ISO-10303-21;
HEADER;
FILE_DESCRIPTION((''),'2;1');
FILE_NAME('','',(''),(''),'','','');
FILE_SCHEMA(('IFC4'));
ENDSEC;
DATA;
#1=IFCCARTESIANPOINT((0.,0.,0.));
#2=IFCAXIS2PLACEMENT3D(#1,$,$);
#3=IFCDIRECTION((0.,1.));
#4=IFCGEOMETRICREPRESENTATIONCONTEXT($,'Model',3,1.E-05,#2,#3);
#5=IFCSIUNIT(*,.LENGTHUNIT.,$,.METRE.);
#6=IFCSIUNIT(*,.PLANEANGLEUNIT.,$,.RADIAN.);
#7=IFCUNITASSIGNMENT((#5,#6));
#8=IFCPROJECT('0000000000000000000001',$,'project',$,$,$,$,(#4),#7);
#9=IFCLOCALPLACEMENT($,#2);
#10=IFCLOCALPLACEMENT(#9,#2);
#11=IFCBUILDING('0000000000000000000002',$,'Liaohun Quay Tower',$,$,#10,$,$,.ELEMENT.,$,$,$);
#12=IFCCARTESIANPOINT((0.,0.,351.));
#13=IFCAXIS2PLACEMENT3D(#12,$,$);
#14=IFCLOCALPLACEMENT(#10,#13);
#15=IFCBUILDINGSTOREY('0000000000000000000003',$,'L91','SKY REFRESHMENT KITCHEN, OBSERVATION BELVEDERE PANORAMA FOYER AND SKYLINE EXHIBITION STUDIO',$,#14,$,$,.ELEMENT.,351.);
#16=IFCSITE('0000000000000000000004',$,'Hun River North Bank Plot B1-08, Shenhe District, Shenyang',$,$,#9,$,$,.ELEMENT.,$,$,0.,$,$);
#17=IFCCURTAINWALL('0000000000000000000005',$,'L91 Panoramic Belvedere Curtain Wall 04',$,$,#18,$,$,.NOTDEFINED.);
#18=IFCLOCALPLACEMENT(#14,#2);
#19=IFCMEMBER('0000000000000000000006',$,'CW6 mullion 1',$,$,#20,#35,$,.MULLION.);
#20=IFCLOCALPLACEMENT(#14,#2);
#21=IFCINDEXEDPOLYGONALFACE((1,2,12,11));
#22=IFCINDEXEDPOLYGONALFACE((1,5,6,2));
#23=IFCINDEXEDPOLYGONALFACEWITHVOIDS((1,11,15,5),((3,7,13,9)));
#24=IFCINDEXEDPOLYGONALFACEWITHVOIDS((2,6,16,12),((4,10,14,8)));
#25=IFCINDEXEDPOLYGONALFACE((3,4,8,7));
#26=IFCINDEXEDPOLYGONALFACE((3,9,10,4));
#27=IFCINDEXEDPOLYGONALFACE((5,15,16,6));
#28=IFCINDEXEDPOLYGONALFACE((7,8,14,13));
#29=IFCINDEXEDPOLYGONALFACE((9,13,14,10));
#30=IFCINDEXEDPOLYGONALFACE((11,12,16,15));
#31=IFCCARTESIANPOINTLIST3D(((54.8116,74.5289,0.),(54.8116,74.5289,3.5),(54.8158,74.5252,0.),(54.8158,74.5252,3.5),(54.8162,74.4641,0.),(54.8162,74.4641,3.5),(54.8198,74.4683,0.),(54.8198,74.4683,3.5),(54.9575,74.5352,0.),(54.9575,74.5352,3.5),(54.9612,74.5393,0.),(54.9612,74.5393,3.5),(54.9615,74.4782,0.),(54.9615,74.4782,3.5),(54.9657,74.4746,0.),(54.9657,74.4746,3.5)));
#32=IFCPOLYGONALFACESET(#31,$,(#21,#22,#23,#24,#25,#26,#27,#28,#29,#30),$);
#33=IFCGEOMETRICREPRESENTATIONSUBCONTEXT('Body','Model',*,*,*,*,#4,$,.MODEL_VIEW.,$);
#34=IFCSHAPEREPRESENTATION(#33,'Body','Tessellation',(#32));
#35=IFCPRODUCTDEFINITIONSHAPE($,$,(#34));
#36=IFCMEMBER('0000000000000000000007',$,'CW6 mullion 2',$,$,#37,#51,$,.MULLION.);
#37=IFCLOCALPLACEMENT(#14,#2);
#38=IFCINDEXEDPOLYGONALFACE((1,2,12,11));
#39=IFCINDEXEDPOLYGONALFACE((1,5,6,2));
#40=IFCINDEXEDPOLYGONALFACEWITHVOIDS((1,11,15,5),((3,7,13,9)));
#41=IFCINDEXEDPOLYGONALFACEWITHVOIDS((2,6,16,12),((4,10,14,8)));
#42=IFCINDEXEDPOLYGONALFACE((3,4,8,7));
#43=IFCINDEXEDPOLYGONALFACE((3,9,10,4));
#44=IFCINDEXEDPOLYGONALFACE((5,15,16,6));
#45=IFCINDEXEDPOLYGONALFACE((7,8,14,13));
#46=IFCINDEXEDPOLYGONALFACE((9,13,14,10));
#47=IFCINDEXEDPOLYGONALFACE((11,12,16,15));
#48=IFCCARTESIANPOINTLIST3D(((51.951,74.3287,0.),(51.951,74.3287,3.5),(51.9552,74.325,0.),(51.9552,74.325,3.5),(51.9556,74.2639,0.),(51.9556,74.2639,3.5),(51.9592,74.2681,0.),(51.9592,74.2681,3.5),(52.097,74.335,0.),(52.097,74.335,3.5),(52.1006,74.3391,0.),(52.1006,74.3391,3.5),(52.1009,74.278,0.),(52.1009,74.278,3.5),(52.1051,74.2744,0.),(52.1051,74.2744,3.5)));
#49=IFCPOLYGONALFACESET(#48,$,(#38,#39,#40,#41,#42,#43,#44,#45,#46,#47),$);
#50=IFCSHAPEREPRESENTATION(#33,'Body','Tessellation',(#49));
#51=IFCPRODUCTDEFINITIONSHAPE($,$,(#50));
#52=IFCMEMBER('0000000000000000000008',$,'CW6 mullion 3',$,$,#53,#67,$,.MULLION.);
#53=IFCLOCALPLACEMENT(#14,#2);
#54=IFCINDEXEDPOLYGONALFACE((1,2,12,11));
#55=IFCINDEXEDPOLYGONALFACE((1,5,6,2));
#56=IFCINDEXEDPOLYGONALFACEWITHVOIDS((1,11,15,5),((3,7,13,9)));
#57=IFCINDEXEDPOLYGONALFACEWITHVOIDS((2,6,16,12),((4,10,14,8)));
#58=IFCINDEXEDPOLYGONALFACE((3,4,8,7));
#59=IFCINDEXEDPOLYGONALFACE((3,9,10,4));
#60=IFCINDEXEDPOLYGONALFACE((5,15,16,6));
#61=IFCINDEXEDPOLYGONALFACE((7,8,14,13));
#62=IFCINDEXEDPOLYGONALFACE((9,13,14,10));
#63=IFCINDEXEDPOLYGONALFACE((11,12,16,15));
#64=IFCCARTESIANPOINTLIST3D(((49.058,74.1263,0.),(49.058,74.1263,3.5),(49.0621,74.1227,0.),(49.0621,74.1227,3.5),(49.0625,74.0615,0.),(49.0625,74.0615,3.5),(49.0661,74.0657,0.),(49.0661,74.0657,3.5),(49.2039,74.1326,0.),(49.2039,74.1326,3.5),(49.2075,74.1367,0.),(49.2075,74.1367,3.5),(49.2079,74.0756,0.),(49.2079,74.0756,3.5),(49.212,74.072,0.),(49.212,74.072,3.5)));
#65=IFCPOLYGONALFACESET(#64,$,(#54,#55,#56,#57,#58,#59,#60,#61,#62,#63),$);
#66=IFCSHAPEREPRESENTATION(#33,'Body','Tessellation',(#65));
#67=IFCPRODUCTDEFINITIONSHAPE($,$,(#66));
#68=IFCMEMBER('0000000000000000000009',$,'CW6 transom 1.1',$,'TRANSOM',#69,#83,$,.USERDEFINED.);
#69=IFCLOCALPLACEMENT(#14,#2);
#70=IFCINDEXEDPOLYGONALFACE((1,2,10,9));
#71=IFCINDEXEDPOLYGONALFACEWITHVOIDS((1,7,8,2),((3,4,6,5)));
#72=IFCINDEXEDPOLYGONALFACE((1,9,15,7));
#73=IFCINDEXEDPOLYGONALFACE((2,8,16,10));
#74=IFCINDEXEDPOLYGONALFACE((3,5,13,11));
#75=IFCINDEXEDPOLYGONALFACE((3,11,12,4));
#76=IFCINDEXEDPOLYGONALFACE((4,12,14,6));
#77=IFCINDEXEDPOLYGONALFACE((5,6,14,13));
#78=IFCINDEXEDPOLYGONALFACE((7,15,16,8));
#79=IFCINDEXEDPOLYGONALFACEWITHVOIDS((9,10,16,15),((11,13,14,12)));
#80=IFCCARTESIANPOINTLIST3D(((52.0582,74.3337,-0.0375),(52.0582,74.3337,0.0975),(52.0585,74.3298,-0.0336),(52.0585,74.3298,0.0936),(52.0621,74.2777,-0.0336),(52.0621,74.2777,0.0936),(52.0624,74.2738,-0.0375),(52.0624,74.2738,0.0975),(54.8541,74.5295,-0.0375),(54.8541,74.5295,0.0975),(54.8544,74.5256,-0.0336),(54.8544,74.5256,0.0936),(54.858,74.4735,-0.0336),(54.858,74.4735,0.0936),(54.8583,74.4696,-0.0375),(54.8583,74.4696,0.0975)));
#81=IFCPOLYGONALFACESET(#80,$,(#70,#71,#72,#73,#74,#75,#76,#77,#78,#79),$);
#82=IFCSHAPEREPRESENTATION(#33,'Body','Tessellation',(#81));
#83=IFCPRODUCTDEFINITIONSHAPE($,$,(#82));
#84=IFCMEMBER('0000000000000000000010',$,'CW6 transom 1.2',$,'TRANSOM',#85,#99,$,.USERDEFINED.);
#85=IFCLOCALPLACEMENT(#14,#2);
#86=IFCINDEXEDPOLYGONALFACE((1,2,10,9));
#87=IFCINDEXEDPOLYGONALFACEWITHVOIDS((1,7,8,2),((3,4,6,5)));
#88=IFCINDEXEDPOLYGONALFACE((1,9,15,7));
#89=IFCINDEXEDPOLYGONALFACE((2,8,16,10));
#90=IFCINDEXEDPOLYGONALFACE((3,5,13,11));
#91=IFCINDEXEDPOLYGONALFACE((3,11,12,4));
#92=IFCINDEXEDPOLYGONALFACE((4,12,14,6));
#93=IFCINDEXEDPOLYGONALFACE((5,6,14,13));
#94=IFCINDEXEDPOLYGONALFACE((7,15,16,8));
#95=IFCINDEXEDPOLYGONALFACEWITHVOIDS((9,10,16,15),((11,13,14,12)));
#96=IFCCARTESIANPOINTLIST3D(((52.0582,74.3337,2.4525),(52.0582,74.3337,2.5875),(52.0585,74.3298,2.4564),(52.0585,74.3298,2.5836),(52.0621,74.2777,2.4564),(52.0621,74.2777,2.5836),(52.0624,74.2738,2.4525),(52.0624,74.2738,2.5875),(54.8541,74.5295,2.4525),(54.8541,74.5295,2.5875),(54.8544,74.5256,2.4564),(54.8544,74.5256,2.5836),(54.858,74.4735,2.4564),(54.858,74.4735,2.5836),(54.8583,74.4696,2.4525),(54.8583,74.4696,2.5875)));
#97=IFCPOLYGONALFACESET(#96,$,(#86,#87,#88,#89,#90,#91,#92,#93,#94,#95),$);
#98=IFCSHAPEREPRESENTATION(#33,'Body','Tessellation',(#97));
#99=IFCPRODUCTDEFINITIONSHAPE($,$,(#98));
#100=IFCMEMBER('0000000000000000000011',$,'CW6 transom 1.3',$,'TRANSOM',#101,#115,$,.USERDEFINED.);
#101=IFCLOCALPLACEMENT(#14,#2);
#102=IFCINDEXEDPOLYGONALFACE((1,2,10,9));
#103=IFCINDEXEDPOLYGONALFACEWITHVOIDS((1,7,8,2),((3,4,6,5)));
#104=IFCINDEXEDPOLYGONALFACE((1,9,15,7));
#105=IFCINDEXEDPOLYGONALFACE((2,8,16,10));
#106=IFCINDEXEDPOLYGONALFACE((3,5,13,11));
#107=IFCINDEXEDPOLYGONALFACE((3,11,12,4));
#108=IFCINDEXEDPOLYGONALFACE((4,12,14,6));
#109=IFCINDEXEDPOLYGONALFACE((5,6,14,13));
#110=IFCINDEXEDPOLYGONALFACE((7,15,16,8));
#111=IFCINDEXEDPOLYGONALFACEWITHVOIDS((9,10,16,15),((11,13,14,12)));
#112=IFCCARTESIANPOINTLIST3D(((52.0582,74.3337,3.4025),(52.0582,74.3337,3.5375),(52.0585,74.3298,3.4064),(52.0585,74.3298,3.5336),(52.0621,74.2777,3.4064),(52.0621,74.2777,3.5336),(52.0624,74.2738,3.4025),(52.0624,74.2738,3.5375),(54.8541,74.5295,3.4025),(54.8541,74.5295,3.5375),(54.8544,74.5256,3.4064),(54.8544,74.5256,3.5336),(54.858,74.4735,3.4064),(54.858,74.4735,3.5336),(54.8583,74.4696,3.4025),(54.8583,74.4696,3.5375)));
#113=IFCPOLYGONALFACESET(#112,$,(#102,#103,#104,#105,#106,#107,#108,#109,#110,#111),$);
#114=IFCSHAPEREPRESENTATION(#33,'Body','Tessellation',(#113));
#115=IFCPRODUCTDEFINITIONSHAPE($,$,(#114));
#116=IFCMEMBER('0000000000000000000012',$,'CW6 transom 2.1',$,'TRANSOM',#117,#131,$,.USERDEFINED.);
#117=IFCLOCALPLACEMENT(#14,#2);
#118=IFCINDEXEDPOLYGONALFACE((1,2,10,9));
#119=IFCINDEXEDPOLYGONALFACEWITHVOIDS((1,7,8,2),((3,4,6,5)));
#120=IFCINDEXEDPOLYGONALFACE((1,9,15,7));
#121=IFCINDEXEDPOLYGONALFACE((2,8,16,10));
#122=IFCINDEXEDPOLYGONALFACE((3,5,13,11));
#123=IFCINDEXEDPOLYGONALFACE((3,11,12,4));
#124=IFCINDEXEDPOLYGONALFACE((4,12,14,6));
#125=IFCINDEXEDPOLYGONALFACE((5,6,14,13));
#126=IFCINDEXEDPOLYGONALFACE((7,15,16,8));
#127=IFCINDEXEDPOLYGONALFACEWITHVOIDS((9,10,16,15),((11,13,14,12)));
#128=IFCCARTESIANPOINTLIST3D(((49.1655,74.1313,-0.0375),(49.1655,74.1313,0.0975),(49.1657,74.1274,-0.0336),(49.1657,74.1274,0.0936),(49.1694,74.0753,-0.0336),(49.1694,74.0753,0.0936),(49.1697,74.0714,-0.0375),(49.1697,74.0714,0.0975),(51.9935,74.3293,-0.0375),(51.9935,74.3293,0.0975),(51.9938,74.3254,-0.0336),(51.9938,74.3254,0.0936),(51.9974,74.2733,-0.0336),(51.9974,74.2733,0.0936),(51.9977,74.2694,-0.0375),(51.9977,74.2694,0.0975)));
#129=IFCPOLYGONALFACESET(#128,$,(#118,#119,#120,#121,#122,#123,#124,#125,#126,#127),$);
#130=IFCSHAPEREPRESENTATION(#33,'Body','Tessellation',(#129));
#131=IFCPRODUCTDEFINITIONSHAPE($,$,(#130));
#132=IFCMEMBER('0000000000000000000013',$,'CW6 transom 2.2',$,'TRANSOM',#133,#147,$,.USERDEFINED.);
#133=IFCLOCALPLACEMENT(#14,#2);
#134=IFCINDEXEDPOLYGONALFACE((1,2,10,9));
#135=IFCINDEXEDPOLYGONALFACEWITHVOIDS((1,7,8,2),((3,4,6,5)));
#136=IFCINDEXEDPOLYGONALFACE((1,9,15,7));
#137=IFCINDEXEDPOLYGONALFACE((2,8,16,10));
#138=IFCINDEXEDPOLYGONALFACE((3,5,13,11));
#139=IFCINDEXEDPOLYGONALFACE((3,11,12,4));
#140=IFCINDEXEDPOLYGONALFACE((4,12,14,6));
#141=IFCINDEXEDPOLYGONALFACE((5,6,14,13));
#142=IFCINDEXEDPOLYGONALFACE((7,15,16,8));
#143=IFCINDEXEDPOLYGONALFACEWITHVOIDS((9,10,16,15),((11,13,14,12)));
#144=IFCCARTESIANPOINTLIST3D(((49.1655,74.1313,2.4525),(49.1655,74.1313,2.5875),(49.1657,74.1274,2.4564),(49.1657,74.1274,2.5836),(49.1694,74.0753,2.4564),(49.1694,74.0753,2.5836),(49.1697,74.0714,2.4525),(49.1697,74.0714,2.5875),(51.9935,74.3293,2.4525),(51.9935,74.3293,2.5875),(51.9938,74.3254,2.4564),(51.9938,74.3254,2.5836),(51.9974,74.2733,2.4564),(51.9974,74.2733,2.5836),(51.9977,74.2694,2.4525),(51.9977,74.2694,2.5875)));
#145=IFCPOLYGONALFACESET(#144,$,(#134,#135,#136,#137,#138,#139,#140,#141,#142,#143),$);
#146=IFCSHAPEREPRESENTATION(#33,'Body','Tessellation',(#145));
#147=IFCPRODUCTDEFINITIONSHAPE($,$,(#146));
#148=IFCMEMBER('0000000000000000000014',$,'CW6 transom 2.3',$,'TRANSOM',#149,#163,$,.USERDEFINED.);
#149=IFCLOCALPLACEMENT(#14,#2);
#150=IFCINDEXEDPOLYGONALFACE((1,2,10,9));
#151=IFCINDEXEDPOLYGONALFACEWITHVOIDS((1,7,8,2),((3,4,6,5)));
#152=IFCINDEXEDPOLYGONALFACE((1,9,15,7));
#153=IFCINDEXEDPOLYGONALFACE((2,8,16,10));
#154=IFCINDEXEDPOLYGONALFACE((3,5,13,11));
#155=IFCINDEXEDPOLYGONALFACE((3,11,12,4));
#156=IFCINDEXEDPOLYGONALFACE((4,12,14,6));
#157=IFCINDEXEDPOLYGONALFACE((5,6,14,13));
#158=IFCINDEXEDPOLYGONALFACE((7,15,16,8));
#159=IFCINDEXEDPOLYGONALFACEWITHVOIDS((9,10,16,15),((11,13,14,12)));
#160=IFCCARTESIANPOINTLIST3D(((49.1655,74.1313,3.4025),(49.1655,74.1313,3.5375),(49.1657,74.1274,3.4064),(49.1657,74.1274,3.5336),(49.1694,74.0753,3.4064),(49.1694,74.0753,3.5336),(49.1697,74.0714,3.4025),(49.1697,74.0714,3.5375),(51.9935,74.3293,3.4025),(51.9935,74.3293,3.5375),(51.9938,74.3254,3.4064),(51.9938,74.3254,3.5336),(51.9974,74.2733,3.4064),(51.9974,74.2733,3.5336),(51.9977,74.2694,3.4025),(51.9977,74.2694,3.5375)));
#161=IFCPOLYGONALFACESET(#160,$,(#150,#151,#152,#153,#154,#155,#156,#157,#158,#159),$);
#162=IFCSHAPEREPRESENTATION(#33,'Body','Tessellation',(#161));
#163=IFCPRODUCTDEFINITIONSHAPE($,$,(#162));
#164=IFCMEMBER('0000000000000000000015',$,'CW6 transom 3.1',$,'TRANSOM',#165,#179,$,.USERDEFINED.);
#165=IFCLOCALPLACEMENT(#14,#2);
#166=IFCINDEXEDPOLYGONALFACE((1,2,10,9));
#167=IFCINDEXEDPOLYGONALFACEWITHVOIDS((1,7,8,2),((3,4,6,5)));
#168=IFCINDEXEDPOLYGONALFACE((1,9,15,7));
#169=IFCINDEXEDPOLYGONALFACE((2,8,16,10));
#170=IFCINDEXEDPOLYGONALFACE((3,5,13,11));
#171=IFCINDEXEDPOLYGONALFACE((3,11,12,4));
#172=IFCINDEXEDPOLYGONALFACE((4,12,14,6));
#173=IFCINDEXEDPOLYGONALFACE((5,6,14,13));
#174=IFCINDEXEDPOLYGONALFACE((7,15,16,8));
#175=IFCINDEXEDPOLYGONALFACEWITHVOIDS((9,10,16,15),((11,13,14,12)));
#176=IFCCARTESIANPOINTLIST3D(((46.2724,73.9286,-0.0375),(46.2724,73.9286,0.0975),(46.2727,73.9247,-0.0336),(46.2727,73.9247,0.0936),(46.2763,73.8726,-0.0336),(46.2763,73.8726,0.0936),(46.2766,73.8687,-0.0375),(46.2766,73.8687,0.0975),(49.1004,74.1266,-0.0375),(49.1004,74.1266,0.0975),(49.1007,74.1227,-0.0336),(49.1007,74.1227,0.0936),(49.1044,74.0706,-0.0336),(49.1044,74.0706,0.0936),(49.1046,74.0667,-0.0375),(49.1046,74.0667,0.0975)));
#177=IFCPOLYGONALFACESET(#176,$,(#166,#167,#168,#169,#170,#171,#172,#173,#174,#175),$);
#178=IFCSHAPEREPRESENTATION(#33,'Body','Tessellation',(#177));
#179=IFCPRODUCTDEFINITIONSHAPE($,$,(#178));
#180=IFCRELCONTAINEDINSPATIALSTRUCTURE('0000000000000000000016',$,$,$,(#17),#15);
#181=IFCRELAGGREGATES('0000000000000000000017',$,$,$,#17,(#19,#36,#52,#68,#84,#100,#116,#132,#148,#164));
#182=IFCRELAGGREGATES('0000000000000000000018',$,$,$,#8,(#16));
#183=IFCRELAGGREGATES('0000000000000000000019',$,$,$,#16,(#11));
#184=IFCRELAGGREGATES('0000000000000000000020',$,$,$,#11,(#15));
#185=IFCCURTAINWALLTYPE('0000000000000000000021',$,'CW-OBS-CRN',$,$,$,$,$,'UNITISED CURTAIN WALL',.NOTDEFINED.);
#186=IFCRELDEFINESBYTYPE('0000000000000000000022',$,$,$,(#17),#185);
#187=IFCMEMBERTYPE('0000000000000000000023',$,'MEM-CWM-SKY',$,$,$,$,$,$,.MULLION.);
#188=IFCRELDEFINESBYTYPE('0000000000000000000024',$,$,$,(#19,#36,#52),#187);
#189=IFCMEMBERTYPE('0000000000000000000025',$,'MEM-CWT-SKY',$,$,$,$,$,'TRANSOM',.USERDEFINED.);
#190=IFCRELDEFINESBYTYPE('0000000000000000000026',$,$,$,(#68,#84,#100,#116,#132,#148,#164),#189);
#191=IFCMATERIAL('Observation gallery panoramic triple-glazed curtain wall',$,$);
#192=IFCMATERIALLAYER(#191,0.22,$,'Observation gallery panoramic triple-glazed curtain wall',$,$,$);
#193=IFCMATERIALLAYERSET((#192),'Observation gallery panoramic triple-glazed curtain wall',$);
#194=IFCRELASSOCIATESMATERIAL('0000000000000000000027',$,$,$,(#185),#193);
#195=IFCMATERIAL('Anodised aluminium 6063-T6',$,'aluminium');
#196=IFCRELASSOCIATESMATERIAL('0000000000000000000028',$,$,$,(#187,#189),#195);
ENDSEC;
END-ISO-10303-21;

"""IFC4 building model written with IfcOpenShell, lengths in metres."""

from ifc_helpers import new_model, si_unit, direction, frame, origin, origin_2d, place, context, subcontext, project, spatial, hollow_rectangle, extrude, source, transform, mapped, material, layer, layer_set, material_profile, profile_set, type_object, element, aggregate, save


model = new_model("IFC4")

# Units and contexts
model_context = context("Model", 3, precision=1e-05, world=origin(), true_north=direction((0.0, 1.0)))
body_context = subcontext(model_context, "Body", "Model", "MODEL_VIEW")
ifc_project = project(units=[si_unit("LENGTHUNIT", "METRE"), si_unit("PLANEANGLEUNIT", "RADIAN")], contexts=[model_context])

# Site, building, storey
site_placement = place(None, origin())
site = spatial("IfcSite", under=ifc_project, at=site_placement, Name="Hun River North Bank Plot B1-08, Shenhe District, Shenyang", CompositionType="ELEMENT", RefElevation=0.0)
building_placement = place(site_placement, origin())
building = spatial("IfcBuilding", under=site, at=building_placement, Name="Liaohun Quay Tower", CompositionType="ELEMENT")
storey_placement = place(building_placement, frame((0.0, 0.0, 351.0)))
storey = spatial("IfcBuildingStorey", under=building, at=storey_placement, Name="L91", Description="SKY REFRESHMENT KITCHEN, OBSERVATION BELVEDERE PANORAMA FOYER AND SKYLINE EXHIBITION STUDIO", CompositionType="ELEMENT", Elevation=351.0)

# Curtain wall, members
ifc_material_1 = material(Name="Observation gallery panoramic triple-glazed curtain wall")
ifc_layer_1 = layer(ifc_material_1, 0.22, Name="Observation gallery panoramic triple-glazed curtain wall")
ifc_layer_set_1 = layer_set([ifc_layer_1], Name="Observation gallery panoramic triple-glazed curtain wall")
curtain_wall_type = type_object("IfcCurtainWallType", Name="CW-OBS-CRN", ElementType="UNITISED CURTAIN WALL", PredefinedType="NOTDEFINED", material=ifc_layer_set_1)
curtain_wall_placement = place(storey_placement, origin())
curtain_wall = element("IfcCurtainWall", 1, at=curtain_wall_placement, inside=storey, type_object=curtain_wall_type, Name="L91 Panoramic Belvedere Curtain Wall 04", PredefinedType="NOTDEFINED")
ifc_material_2 = material(Name="Anodised aluminium 6063-T6", Category="aluminium")
ifc_material_profile_1 = material_profile(ifc_material_2, hollow_rectangle(XDim=0.0649, YDim=0.1499, WallThickness=0.0039, at=origin_2d()), Name="RHS150x65x4")
ifc_profile_set_1 = profile_set([ifc_material_profile_1], Name="Anodised aluminium 6063-T6")
member_type_1 = type_object("IfcMemberType", Name="MEM-CWM-SKY", PredefinedType="MULLION", material=ifc_profile_set_1)
shared_shape_1 = source(origin(), body_context, "Body", "SweptSolid", [
    extrude(hollow_rectangle(XDim=0.0649, YDim=0.1499, WallThickness=0.0039, at=origin_2d()), origin(), (0.0, 0.0, 1.0), 3.5),
])
member_1_placement = place(storey_placement, frame((54.8887, 74.5017, 0.0), z_axis=(0.0, 0.0, 1.0), x_axis=(0.069826, -0.997559, 0.0)))
member_1 = element("IfcMember", 2, at=member_1_placement, type_object=member_type_1, Name="CW6 mullion 1", PredefinedType="MULLION", context=body_context, shape_type="MappedRepresentation", body=[
    mapped(shared_shape_1, transform((0.0, 0.0, 0.0), x_axis=(1.0, 0.0, 0.0), y_axis=(0.0, 1.0, 0.0), z_axis=(0.0, 0.0, 1.0), scale=1.0)),
])
member_2_placement = place(storey_placement, frame((52.0281, 74.3015, 0.0), z_axis=(0.0, 0.0, 1.0), x_axis=(0.069826, -0.997559, 0.0)))
member_2 = element("IfcMember", 3, at=member_2_placement, type_object=member_type_1, Name="CW6 mullion 2", PredefinedType="MULLION", context=body_context, shape_type="MappedRepresentation", body=[
    mapped(shared_shape_1, transform((0.0, 0.0, 0.0), x_axis=(1.0, 0.0, 0.0), y_axis=(0.0, 1.0, 0.0), z_axis=(0.0, 0.0, 1.0), scale=1.0)),
])
member_3_placement = place(storey_placement, frame((49.135, 74.0991, 0.0), z_axis=(0.0, 0.0, 1.0), x_axis=(0.069826, -0.997559, 0.0)))
member_3 = element("IfcMember", 4, at=member_3_placement, type_object=member_type_1, Name="CW6 mullion 3", PredefinedType="MULLION", context=body_context, shape_type="MappedRepresentation", body=[
    mapped(shared_shape_1, transform((0.0, 0.0, 0.0), x_axis=(1.0, 0.0, 0.0), y_axis=(0.0, 1.0, 0.0), z_axis=(0.0, 0.0, 1.0), scale=1.0)),
])
ifc_material_profile_2 = material_profile(ifc_material_2, hollow_rectangle(XDim=0.0601, YDim=0.135, WallThickness=0.0039, at=origin_2d()), Name="RHS135x60x4")
ifc_profile_set_2 = profile_set([ifc_material_profile_2], Name="Anodised aluminium 6063-T6")
member_type_2 = type_object("IfcMemberType", Name="MEM-CWT-SKY", ElementType="TRANSOM", PredefinedType="USERDEFINED", material=ifc_profile_set_2)
shared_shape_2 = source(origin(), body_context, "Body", "SweptSolid", [
    extrude(hollow_rectangle(XDim=0.0601, YDim=0.135, WallThickness=0.0039, at=origin_2d()), origin(), (0.0, 0.0, 1.0), 2.8027),
])
member_4_placement = place(storey_placement, frame((54.8562, 74.4995, 0.03), z_axis=(-0.997557, -0.06986, 0.0), x_axis=(0.06986, -0.997557, 0.0)))
member_4 = element("IfcMember", 5, at=member_4_placement, type_object=member_type_2, Name="CW6 transom 1.1", ObjectType="TRANSOM", PredefinedType="USERDEFINED", context=body_context, shape_type="MappedRepresentation", body=[
    mapped(shared_shape_2, transform((0.0, 0.0, 0.0), x_axis=(1.0, 0.0, 0.0), y_axis=(0.0, 1.0, 0.0), z_axis=(0.0, 0.0, 1.0), scale=1.0)),
])
member_5_placement = place(storey_placement, frame((54.8562, 74.4995, 2.52), z_axis=(-0.997557, -0.06986, 0.0), x_axis=(0.06986, -0.997557, 0.0)))
member_5 = element("IfcMember", 6, at=member_5_placement, type_object=member_type_2, Name="CW6 transom 1.2", ObjectType="TRANSOM", PredefinedType="USERDEFINED", context=body_context, shape_type="MappedRepresentation", body=[
    mapped(shared_shape_2, transform((0.0, 0.0, 0.0), x_axis=(1.0, 0.0, 0.0), y_axis=(0.0, 1.0, 0.0), z_axis=(0.0, 0.0, 1.0), scale=1.0)),
])
member_6_placement = place(storey_placement, frame((54.8562, 74.4995, 3.47), z_axis=(-0.997557, -0.06986, 0.0), x_axis=(0.06986, -0.997557, 0.0)))
member_6 = element("IfcMember", 7, at=member_6_placement, type_object=member_type_2, Name="CW6 transom 1.3", ObjectType="TRANSOM", PredefinedType="USERDEFINED", context=body_context, shape_type="MappedRepresentation", body=[
    mapped(shared_shape_2, transform((0.0, 0.0, 0.0), x_axis=(1.0, 0.0, 0.0), y_axis=(0.0, 1.0, 0.0), z_axis=(0.0, 0.0, 1.0), scale=1.0)),
])
shared_shape_3 = source(origin(), body_context, "Body", "SweptSolid", [
    extrude(hollow_rectangle(XDim=0.0601, YDim=0.135, WallThickness=0.0039, at=origin_2d()), origin(), (0.0, 0.0, 1.0), 2.835),
])
member_7_placement = place(storey_placement, frame((51.9956, 74.2993, 0.03), z_axis=(-0.997558, -0.069839, 0.0), x_axis=(0.069839, -0.997558, 0.0)))
member_7 = element("IfcMember", 8, at=member_7_placement, type_object=member_type_2, Name="CW6 transom 2.1", ObjectType="TRANSOM", PredefinedType="USERDEFINED", context=body_context, shape_type="MappedRepresentation", body=[
    mapped(shared_shape_3, transform((0.0, 0.0, 0.0), x_axis=(1.0, 0.0, 0.0), y_axis=(0.0, 1.0, 0.0), z_axis=(0.0, 0.0, 1.0), scale=1.0)),
])
member_8_placement = place(storey_placement, frame((51.9956, 74.2993, 2.52), z_axis=(-0.997558, -0.069839, 0.0), x_axis=(0.069839, -0.997558, 0.0)))
member_8 = element("IfcMember", 9, at=member_8_placement, type_object=member_type_2, Name="CW6 transom 2.2", ObjectType="TRANSOM", PredefinedType="USERDEFINED", context=body_context, shape_type="MappedRepresentation", body=[
    mapped(shared_shape_3, transform((0.0, 0.0, 0.0), x_axis=(1.0, 0.0, 0.0), y_axis=(0.0, 1.0, 0.0), z_axis=(0.0, 0.0, 1.0), scale=1.0)),
])
member_9_placement = place(storey_placement, frame((51.9956, 74.2993, 3.47), z_axis=(-0.997558, -0.069839, 0.0), x_axis=(0.069839, -0.997558, 0.0)))
member_9 = element("IfcMember", 10, at=member_9_placement, type_object=member_type_2, Name="CW6 transom 2.3", ObjectType="TRANSOM", PredefinedType="USERDEFINED", context=body_context, shape_type="MappedRepresentation", body=[
    mapped(shared_shape_3, transform((0.0, 0.0, 0.0), x_axis=(1.0, 0.0, 0.0), y_axis=(0.0, 1.0, 0.0), z_axis=(0.0, 0.0, 1.0), scale=1.0)),
])
member_10_placement = place(storey_placement, frame((49.1025, 74.0967, 0.03), z_axis=(-0.997558, -0.069839, 0.0), x_axis=(0.069839, -0.997558, 0.0)))
member_10 = element("IfcMember", 11, at=member_10_placement, type_object=member_type_2, Name="CW6 transom 3.1", ObjectType="TRANSOM", PredefinedType="USERDEFINED", context=body_context, shape_type="MappedRepresentation", body=[
    mapped(shared_shape_3, transform((0.0, 0.0, 0.0), x_axis=(1.0, 0.0, 0.0), y_axis=(0.0, 1.0, 0.0), z_axis=(0.0, 0.0, 1.0), scale=1.0)),
])
aggregate(curtain_wall, [member_1, member_2, member_3, member_4, member_5, member_6, member_7, member_8, member_9, member_10])

save(model, "model.ifc")
